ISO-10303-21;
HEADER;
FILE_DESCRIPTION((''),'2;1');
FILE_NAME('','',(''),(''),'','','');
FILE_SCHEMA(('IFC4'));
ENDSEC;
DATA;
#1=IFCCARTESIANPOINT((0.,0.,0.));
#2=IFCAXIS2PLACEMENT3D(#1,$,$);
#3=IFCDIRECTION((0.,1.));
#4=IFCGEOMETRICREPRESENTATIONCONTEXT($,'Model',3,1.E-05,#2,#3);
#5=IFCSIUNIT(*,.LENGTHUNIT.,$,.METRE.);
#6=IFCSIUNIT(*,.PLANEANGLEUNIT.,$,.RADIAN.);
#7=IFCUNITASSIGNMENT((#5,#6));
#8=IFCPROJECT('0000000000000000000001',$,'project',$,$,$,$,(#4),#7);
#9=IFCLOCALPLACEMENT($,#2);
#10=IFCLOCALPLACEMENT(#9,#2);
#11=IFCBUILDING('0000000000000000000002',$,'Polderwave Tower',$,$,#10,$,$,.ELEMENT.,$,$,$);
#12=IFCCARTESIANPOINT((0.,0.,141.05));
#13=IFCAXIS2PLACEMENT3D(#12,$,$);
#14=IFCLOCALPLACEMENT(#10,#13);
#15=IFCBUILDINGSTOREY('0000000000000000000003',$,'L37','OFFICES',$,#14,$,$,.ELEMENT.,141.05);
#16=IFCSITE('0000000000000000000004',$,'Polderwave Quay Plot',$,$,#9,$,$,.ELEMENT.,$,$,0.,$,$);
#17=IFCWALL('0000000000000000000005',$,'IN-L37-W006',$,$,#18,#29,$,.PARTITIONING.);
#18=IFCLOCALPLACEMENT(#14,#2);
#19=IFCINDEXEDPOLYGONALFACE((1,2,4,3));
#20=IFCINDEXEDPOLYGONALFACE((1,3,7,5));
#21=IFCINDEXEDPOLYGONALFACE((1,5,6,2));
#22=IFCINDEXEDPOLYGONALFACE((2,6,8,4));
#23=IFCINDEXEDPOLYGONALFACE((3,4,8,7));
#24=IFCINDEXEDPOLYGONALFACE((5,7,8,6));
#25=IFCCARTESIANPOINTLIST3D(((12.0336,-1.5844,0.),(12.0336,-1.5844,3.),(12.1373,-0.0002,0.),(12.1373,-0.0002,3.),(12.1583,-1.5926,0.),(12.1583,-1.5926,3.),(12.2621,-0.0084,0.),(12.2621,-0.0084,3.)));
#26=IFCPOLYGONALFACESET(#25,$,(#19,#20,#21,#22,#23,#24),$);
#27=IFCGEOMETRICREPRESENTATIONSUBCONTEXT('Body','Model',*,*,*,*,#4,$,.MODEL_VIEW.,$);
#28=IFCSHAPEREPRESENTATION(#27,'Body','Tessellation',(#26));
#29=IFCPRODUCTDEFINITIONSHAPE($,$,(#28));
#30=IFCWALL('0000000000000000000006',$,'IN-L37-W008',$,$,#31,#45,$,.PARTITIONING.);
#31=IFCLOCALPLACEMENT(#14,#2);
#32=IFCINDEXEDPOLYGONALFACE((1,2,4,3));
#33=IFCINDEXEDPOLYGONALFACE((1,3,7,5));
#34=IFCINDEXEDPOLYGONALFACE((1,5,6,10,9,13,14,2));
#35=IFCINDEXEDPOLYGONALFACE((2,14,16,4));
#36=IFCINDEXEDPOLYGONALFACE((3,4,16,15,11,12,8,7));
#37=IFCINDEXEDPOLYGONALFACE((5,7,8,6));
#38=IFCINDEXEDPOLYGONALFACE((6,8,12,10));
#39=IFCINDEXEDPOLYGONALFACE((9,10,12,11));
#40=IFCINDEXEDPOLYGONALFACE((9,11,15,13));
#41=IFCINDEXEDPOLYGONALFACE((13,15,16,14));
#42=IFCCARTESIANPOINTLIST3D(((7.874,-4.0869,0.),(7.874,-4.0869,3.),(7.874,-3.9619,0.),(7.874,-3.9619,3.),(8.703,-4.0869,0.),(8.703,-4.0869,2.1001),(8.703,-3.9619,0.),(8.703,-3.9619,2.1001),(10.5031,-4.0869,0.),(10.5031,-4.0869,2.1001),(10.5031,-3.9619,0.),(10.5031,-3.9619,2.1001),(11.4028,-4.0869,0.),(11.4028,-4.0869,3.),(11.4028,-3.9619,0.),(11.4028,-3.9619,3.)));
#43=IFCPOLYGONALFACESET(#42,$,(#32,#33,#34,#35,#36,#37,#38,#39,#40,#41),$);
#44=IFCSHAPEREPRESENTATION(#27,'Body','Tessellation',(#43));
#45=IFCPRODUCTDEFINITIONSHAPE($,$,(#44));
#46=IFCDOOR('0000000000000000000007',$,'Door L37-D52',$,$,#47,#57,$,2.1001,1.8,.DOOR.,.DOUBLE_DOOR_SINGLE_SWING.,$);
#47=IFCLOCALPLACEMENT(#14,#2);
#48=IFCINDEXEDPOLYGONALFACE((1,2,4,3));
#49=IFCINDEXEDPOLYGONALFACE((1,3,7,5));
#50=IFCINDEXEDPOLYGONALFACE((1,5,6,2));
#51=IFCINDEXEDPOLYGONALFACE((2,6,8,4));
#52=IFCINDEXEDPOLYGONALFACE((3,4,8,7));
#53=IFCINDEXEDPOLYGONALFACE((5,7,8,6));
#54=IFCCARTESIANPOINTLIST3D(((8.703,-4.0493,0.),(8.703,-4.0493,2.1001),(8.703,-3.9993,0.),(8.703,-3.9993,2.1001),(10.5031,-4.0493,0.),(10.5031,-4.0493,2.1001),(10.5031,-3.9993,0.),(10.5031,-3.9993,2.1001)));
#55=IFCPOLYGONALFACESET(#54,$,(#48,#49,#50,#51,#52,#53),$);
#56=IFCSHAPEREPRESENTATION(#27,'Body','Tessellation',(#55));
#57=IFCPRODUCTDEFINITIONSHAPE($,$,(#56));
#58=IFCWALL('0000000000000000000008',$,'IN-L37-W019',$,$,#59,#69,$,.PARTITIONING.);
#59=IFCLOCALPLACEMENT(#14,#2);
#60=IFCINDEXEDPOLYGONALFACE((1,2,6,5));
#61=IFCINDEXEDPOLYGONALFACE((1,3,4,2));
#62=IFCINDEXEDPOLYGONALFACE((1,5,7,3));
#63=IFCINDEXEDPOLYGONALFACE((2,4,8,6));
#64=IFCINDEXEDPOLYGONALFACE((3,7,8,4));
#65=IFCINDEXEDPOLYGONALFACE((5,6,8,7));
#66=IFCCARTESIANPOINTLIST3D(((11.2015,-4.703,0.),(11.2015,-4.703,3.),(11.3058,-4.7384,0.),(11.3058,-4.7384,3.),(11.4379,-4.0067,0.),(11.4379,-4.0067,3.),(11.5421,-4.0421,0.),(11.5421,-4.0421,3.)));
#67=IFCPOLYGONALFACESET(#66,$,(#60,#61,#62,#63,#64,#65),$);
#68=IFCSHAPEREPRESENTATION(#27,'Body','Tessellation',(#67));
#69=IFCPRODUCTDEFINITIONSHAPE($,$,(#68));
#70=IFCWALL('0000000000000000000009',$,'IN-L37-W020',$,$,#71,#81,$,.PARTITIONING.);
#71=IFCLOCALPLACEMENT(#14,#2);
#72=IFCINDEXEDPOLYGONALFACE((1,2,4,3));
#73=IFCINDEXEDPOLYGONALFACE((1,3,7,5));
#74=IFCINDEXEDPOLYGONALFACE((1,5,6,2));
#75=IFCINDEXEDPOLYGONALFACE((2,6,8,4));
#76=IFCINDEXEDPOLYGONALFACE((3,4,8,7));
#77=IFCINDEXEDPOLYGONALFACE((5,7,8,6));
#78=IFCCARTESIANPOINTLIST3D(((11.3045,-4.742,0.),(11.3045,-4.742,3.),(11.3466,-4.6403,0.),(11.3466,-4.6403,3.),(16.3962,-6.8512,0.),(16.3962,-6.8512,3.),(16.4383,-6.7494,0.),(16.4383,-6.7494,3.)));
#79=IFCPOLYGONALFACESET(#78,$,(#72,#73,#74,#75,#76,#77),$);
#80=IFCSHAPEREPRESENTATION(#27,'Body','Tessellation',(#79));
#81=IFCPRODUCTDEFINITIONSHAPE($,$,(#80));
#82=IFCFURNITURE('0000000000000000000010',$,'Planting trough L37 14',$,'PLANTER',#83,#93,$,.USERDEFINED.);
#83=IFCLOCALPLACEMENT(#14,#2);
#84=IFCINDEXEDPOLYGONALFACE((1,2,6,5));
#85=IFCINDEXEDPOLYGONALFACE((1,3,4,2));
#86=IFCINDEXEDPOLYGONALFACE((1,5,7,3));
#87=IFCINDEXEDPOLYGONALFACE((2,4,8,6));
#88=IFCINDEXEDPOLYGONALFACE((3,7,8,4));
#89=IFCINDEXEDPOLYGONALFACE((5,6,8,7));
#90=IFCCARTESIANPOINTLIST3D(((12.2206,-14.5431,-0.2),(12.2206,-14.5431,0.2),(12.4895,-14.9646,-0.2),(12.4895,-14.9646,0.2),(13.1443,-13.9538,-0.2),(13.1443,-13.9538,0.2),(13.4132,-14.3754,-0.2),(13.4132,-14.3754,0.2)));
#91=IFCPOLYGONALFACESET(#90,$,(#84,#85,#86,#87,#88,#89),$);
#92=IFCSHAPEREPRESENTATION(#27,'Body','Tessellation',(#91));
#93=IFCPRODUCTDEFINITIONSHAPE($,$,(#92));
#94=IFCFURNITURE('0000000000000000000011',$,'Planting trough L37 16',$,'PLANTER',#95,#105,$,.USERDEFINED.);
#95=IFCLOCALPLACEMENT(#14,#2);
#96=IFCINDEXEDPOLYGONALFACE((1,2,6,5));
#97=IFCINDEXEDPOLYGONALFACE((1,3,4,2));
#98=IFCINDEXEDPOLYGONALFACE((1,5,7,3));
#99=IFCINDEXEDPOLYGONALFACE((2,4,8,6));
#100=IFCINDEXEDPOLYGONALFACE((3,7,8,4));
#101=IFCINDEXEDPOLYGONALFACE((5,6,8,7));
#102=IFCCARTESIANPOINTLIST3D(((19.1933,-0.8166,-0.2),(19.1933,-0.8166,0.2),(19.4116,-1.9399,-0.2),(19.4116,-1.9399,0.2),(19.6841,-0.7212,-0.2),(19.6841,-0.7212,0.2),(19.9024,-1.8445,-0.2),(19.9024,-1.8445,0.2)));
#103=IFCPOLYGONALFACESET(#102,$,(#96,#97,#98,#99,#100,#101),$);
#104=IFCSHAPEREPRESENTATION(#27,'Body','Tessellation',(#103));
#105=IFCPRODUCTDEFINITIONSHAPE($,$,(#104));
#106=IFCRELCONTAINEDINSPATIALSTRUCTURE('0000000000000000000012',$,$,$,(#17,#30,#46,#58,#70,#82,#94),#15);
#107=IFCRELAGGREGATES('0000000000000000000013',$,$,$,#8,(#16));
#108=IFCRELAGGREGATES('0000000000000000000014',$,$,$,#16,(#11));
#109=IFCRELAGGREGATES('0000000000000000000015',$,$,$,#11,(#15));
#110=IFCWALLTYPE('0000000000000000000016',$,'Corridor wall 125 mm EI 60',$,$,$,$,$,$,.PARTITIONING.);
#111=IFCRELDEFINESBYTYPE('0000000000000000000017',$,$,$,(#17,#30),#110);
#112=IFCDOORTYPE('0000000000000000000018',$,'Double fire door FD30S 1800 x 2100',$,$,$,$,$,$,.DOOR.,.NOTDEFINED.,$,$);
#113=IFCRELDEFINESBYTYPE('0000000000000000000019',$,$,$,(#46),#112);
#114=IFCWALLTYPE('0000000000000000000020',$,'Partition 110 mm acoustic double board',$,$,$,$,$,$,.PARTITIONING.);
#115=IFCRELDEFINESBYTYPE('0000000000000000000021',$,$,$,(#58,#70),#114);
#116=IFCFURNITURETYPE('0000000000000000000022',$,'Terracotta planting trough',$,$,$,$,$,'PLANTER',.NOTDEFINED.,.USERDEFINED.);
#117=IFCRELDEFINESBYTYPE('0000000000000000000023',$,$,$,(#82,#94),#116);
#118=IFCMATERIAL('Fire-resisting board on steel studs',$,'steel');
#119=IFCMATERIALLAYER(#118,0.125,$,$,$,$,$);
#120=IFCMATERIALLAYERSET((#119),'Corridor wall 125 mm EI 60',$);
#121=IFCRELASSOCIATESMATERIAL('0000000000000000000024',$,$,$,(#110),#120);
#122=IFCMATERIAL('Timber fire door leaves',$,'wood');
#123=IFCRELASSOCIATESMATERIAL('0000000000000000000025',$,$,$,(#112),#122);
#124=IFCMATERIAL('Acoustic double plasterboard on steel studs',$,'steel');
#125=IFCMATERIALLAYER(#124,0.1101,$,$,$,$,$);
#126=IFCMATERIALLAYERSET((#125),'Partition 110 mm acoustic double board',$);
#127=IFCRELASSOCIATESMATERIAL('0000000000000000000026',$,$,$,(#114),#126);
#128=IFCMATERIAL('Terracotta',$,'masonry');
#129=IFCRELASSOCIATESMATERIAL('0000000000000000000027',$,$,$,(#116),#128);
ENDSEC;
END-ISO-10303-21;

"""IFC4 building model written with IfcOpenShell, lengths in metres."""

from ifc_helpers import new_model, si_unit, direction, frame, frame_2d, origin, origin_2d, place, context, subcontext, project, spatial, rectangle, extrude, material, layer, layer_set, type_object, element, fill, save


model = new_model("IFC4")

# Units and contexts
model_context = context("Model", 3, precision=1e-05, world=origin(), true_north=direction((0.0, 1.0)))
body_context = subcontext(model_context, "Body", "Model", "MODEL_VIEW")
ifc_project = project(units=[si_unit("LENGTHUNIT", "METRE"), si_unit("PLANEANGLEUNIT", "RADIAN")], contexts=[model_context])

# Site, building, storey
site_placement = place(None, origin())
site = spatial("IfcSite", under=ifc_project, at=site_placement, Name="Polderwave Quay Plot", CompositionType="ELEMENT", RefElevation=0.0)
building_placement = place(site_placement, origin())
building = spatial("IfcBuilding", under=site, at=building_placement, Name="Polderwave Tower", CompositionType="ELEMENT")
storey_placement = place(building_placement, frame((0.0, 0.0, 141.05)))
storey = spatial("IfcBuildingStorey", under=building, at=storey_placement, Name="L37", Description="OFFICES", CompositionType="ELEMENT", Elevation=141.05)

# Wall
ifc_material_1 = material(Name="Fire-resisting board on steel studs", Category="steel")
ifc_layer_1 = layer(ifc_material_1, 0.125)
ifc_layer_set_1 = layer_set([ifc_layer_1], Name="Corridor wall 125 mm EI 60")
wall_type_1 = type_object("IfcWallType", Name="Corridor wall 125 mm EI 60", PredefinedType="PARTITIONING", material=ifc_layer_set_1)
for number, where, z_axis, x_axis, name in (
    (1, (12.1997, -0.0042, 0.0), (0.0, 0.0, 1.0), (-0.065355, -0.997862, 0.0), "IN-L37-W006"),
):
    element("IfcWall", number, at=place(storey_placement, frame(where, z_axis=z_axis, x_axis=x_axis)), inside=storey, type_object=wall_type_1, Name=name, PredefinedType="PARTITIONING", context=body_context, shape_type="SweptSolid", body=[
        extrude(rectangle(XDim=1.5876, YDim=0.125, at=frame_2d((0.7939, 0.0))), origin(), (0.0, 0.0, 1.0), 3.0),
    ])

# Wall, opening, door
wall_1_placement = place(storey_placement, frame((11.4028, -4.0244, 0.0), z_axis=(0.0, 0.0, 1.0), x_axis=(-1.0, 0.0, 0.0)))
wall_1 = element("IfcWall", 2, at=wall_1_placement, inside=storey, type_object=wall_type_1, Name="IN-L37-W008", PredefinedType="PARTITIONING", context=body_context, shape_type="SweptSolid", body=[
    extrude(rectangle(XDim=3.5288, YDim=0.125, at=frame_2d((1.7644, 0.0))), origin(), (0.0, 0.0, 1.0), 3.0),
])
opening_placement = place(wall_1_placement, frame((0.8999, 0.0, 0.0)))
opening = element("IfcOpeningElement", 3, at=opening_placement, cuts=wall_1, PredefinedType="OPENING", context=body_context, shape_type="SweptSolid", body=[
    extrude(rectangle(XDim=1.8, YDim=2.1001, at=frame_2d((0.8999, 1.05))), frame((0.0, 0.0725, 0.0), z_axis=(0.0, -1.0, 0.0), x_axis=(1.0, 0.0, 0.0)), (0.0, 0.0, 1.0), 0.145),
])
ifc_material_2 = material(Name="Timber fire door leaves", Category="wood")
door_type = type_object("IfcDoorType", Name="Double fire door FD30S 1800 x 2100", OperationType="NOTDEFINED", PredefinedType="DOOR", material=ifc_material_2)
door_placement = place(opening_placement, origin())
door = element("IfcDoor", 4, at=door_placement, inside=storey, type_object=door_type, Name="Door L37-D52", OperationType="DOUBLE_DOOR_SINGLE_SWING", OverallHeight=2.1001, OverallWidth=1.8, PredefinedType="DOOR", context=body_context, shape_type="SweptSolid", body=[
    extrude(rectangle(XDim=1.8, YDim=2.1001, at=frame_2d((0.8999, 1.05))), frame((0.0, 0.0249, 0.0), z_axis=(0.0, -1.0, 0.0), x_axis=(1.0, 0.0, 0.0)), (0.0, 0.0, 1.0), 0.05),
])
fill(opening, door)

# Walls
ifc_material_3 = material(Name="Acoustic double plasterboard on steel studs", Category="steel")
ifc_layer_2 = layer(ifc_material_3, 0.1101)
ifc_layer_set_2 = layer_set([ifc_layer_2], Name="Partition 110 mm acoustic double board")
wall_type_2 = type_object("IfcWallType", Name="Partition 110 mm acoustic double board", PredefinedType="PARTITIONING", material=ifc_layer_set_2)
wall_2_placement = place(storey_placement, frame((11.2537, -4.7207, 0.0), z_axis=(0.0, 0.0, 1.0), x_axis=(0.321403, 0.946943, 0.0)))
element("IfcWall", 5, at=wall_2_placement, inside=storey, type_object=wall_type_2, Name="IN-L37-W019", PredefinedType="PARTITIONING", context=body_context, shape_type="SweptSolid", body=[
    extrude(rectangle(XDim=0.7354, YDim=0.1101, at=frame_2d((0.3677, 0.0))), origin(), (0.0, 0.0, 1.0), 3.0),
])
wall_3_placement = place(storey_placement, frame((16.4172, -6.8003, 0.0), z_axis=(0.0, 0.0, 1.0), x_axis=(-0.923871, 0.382705, 0.0)))
element("IfcWall", 6, at=wall_3_placement, inside=storey, type_object=wall_type_2, Name="IN-L37-W020", PredefinedType="PARTITIONING", context=body_context, shape_type="SweptSolid", body=[
    extrude(rectangle(XDim=5.5112, YDim=0.1101, at=frame_2d((2.7556, 0.0))), origin(), (0.0, 0.0, 1.0), 3.0),
])

# Furniture
ifc_material_4 = material(Name="Terracotta", Category="masonry")
furniture_type = type_object("IfcFurnitureType", Name="Terracotta planting trough", ElementType="PLANTER", AssemblyPlace="NOTDEFINED", PredefinedType="USERDEFINED", material=ifc_material_4)
furniture_1_placement = place(storey_placement, frame((12.8169, -14.4592, -0.2), z_axis=(0.0, 0.0, 1.0), x_axis=(0.843069, 0.537806, 0.0)))
element("IfcFurniture", 7, at=furniture_1_placement, inside=storey, type_object=furniture_type, Name="Planting trough L37 14", ObjectType="PLANTER", PredefinedType="USERDEFINED", context=body_context, shape_type="SweptSolid", body=[
    extrude(rectangle(XDim=1.0957, YDim=0.5, at=origin_2d()), origin(), (0.0, 0.0, 1.0), 0.3999),
])
furniture_2_placement = place(storey_placement, frame((19.5479, -1.3306, -0.2), z_axis=(0.0, 0.0, 1.0), x_axis=(-0.190795, 0.98163, 0.0)))
element("IfcFurniture", 8, at=furniture_2_placement, inside=storey, type_object=furniture_type, Name="Planting trough L37 16", ObjectType="PLANTER", PredefinedType="USERDEFINED", context=body_context, shape_type="SweptSolid", body=[
    extrude(rectangle(XDim=1.1443, YDim=0.5, at=origin_2d()), origin(), (0.0, 0.0, 1.0), 0.3999),
])

save(model, "model.ifc")
